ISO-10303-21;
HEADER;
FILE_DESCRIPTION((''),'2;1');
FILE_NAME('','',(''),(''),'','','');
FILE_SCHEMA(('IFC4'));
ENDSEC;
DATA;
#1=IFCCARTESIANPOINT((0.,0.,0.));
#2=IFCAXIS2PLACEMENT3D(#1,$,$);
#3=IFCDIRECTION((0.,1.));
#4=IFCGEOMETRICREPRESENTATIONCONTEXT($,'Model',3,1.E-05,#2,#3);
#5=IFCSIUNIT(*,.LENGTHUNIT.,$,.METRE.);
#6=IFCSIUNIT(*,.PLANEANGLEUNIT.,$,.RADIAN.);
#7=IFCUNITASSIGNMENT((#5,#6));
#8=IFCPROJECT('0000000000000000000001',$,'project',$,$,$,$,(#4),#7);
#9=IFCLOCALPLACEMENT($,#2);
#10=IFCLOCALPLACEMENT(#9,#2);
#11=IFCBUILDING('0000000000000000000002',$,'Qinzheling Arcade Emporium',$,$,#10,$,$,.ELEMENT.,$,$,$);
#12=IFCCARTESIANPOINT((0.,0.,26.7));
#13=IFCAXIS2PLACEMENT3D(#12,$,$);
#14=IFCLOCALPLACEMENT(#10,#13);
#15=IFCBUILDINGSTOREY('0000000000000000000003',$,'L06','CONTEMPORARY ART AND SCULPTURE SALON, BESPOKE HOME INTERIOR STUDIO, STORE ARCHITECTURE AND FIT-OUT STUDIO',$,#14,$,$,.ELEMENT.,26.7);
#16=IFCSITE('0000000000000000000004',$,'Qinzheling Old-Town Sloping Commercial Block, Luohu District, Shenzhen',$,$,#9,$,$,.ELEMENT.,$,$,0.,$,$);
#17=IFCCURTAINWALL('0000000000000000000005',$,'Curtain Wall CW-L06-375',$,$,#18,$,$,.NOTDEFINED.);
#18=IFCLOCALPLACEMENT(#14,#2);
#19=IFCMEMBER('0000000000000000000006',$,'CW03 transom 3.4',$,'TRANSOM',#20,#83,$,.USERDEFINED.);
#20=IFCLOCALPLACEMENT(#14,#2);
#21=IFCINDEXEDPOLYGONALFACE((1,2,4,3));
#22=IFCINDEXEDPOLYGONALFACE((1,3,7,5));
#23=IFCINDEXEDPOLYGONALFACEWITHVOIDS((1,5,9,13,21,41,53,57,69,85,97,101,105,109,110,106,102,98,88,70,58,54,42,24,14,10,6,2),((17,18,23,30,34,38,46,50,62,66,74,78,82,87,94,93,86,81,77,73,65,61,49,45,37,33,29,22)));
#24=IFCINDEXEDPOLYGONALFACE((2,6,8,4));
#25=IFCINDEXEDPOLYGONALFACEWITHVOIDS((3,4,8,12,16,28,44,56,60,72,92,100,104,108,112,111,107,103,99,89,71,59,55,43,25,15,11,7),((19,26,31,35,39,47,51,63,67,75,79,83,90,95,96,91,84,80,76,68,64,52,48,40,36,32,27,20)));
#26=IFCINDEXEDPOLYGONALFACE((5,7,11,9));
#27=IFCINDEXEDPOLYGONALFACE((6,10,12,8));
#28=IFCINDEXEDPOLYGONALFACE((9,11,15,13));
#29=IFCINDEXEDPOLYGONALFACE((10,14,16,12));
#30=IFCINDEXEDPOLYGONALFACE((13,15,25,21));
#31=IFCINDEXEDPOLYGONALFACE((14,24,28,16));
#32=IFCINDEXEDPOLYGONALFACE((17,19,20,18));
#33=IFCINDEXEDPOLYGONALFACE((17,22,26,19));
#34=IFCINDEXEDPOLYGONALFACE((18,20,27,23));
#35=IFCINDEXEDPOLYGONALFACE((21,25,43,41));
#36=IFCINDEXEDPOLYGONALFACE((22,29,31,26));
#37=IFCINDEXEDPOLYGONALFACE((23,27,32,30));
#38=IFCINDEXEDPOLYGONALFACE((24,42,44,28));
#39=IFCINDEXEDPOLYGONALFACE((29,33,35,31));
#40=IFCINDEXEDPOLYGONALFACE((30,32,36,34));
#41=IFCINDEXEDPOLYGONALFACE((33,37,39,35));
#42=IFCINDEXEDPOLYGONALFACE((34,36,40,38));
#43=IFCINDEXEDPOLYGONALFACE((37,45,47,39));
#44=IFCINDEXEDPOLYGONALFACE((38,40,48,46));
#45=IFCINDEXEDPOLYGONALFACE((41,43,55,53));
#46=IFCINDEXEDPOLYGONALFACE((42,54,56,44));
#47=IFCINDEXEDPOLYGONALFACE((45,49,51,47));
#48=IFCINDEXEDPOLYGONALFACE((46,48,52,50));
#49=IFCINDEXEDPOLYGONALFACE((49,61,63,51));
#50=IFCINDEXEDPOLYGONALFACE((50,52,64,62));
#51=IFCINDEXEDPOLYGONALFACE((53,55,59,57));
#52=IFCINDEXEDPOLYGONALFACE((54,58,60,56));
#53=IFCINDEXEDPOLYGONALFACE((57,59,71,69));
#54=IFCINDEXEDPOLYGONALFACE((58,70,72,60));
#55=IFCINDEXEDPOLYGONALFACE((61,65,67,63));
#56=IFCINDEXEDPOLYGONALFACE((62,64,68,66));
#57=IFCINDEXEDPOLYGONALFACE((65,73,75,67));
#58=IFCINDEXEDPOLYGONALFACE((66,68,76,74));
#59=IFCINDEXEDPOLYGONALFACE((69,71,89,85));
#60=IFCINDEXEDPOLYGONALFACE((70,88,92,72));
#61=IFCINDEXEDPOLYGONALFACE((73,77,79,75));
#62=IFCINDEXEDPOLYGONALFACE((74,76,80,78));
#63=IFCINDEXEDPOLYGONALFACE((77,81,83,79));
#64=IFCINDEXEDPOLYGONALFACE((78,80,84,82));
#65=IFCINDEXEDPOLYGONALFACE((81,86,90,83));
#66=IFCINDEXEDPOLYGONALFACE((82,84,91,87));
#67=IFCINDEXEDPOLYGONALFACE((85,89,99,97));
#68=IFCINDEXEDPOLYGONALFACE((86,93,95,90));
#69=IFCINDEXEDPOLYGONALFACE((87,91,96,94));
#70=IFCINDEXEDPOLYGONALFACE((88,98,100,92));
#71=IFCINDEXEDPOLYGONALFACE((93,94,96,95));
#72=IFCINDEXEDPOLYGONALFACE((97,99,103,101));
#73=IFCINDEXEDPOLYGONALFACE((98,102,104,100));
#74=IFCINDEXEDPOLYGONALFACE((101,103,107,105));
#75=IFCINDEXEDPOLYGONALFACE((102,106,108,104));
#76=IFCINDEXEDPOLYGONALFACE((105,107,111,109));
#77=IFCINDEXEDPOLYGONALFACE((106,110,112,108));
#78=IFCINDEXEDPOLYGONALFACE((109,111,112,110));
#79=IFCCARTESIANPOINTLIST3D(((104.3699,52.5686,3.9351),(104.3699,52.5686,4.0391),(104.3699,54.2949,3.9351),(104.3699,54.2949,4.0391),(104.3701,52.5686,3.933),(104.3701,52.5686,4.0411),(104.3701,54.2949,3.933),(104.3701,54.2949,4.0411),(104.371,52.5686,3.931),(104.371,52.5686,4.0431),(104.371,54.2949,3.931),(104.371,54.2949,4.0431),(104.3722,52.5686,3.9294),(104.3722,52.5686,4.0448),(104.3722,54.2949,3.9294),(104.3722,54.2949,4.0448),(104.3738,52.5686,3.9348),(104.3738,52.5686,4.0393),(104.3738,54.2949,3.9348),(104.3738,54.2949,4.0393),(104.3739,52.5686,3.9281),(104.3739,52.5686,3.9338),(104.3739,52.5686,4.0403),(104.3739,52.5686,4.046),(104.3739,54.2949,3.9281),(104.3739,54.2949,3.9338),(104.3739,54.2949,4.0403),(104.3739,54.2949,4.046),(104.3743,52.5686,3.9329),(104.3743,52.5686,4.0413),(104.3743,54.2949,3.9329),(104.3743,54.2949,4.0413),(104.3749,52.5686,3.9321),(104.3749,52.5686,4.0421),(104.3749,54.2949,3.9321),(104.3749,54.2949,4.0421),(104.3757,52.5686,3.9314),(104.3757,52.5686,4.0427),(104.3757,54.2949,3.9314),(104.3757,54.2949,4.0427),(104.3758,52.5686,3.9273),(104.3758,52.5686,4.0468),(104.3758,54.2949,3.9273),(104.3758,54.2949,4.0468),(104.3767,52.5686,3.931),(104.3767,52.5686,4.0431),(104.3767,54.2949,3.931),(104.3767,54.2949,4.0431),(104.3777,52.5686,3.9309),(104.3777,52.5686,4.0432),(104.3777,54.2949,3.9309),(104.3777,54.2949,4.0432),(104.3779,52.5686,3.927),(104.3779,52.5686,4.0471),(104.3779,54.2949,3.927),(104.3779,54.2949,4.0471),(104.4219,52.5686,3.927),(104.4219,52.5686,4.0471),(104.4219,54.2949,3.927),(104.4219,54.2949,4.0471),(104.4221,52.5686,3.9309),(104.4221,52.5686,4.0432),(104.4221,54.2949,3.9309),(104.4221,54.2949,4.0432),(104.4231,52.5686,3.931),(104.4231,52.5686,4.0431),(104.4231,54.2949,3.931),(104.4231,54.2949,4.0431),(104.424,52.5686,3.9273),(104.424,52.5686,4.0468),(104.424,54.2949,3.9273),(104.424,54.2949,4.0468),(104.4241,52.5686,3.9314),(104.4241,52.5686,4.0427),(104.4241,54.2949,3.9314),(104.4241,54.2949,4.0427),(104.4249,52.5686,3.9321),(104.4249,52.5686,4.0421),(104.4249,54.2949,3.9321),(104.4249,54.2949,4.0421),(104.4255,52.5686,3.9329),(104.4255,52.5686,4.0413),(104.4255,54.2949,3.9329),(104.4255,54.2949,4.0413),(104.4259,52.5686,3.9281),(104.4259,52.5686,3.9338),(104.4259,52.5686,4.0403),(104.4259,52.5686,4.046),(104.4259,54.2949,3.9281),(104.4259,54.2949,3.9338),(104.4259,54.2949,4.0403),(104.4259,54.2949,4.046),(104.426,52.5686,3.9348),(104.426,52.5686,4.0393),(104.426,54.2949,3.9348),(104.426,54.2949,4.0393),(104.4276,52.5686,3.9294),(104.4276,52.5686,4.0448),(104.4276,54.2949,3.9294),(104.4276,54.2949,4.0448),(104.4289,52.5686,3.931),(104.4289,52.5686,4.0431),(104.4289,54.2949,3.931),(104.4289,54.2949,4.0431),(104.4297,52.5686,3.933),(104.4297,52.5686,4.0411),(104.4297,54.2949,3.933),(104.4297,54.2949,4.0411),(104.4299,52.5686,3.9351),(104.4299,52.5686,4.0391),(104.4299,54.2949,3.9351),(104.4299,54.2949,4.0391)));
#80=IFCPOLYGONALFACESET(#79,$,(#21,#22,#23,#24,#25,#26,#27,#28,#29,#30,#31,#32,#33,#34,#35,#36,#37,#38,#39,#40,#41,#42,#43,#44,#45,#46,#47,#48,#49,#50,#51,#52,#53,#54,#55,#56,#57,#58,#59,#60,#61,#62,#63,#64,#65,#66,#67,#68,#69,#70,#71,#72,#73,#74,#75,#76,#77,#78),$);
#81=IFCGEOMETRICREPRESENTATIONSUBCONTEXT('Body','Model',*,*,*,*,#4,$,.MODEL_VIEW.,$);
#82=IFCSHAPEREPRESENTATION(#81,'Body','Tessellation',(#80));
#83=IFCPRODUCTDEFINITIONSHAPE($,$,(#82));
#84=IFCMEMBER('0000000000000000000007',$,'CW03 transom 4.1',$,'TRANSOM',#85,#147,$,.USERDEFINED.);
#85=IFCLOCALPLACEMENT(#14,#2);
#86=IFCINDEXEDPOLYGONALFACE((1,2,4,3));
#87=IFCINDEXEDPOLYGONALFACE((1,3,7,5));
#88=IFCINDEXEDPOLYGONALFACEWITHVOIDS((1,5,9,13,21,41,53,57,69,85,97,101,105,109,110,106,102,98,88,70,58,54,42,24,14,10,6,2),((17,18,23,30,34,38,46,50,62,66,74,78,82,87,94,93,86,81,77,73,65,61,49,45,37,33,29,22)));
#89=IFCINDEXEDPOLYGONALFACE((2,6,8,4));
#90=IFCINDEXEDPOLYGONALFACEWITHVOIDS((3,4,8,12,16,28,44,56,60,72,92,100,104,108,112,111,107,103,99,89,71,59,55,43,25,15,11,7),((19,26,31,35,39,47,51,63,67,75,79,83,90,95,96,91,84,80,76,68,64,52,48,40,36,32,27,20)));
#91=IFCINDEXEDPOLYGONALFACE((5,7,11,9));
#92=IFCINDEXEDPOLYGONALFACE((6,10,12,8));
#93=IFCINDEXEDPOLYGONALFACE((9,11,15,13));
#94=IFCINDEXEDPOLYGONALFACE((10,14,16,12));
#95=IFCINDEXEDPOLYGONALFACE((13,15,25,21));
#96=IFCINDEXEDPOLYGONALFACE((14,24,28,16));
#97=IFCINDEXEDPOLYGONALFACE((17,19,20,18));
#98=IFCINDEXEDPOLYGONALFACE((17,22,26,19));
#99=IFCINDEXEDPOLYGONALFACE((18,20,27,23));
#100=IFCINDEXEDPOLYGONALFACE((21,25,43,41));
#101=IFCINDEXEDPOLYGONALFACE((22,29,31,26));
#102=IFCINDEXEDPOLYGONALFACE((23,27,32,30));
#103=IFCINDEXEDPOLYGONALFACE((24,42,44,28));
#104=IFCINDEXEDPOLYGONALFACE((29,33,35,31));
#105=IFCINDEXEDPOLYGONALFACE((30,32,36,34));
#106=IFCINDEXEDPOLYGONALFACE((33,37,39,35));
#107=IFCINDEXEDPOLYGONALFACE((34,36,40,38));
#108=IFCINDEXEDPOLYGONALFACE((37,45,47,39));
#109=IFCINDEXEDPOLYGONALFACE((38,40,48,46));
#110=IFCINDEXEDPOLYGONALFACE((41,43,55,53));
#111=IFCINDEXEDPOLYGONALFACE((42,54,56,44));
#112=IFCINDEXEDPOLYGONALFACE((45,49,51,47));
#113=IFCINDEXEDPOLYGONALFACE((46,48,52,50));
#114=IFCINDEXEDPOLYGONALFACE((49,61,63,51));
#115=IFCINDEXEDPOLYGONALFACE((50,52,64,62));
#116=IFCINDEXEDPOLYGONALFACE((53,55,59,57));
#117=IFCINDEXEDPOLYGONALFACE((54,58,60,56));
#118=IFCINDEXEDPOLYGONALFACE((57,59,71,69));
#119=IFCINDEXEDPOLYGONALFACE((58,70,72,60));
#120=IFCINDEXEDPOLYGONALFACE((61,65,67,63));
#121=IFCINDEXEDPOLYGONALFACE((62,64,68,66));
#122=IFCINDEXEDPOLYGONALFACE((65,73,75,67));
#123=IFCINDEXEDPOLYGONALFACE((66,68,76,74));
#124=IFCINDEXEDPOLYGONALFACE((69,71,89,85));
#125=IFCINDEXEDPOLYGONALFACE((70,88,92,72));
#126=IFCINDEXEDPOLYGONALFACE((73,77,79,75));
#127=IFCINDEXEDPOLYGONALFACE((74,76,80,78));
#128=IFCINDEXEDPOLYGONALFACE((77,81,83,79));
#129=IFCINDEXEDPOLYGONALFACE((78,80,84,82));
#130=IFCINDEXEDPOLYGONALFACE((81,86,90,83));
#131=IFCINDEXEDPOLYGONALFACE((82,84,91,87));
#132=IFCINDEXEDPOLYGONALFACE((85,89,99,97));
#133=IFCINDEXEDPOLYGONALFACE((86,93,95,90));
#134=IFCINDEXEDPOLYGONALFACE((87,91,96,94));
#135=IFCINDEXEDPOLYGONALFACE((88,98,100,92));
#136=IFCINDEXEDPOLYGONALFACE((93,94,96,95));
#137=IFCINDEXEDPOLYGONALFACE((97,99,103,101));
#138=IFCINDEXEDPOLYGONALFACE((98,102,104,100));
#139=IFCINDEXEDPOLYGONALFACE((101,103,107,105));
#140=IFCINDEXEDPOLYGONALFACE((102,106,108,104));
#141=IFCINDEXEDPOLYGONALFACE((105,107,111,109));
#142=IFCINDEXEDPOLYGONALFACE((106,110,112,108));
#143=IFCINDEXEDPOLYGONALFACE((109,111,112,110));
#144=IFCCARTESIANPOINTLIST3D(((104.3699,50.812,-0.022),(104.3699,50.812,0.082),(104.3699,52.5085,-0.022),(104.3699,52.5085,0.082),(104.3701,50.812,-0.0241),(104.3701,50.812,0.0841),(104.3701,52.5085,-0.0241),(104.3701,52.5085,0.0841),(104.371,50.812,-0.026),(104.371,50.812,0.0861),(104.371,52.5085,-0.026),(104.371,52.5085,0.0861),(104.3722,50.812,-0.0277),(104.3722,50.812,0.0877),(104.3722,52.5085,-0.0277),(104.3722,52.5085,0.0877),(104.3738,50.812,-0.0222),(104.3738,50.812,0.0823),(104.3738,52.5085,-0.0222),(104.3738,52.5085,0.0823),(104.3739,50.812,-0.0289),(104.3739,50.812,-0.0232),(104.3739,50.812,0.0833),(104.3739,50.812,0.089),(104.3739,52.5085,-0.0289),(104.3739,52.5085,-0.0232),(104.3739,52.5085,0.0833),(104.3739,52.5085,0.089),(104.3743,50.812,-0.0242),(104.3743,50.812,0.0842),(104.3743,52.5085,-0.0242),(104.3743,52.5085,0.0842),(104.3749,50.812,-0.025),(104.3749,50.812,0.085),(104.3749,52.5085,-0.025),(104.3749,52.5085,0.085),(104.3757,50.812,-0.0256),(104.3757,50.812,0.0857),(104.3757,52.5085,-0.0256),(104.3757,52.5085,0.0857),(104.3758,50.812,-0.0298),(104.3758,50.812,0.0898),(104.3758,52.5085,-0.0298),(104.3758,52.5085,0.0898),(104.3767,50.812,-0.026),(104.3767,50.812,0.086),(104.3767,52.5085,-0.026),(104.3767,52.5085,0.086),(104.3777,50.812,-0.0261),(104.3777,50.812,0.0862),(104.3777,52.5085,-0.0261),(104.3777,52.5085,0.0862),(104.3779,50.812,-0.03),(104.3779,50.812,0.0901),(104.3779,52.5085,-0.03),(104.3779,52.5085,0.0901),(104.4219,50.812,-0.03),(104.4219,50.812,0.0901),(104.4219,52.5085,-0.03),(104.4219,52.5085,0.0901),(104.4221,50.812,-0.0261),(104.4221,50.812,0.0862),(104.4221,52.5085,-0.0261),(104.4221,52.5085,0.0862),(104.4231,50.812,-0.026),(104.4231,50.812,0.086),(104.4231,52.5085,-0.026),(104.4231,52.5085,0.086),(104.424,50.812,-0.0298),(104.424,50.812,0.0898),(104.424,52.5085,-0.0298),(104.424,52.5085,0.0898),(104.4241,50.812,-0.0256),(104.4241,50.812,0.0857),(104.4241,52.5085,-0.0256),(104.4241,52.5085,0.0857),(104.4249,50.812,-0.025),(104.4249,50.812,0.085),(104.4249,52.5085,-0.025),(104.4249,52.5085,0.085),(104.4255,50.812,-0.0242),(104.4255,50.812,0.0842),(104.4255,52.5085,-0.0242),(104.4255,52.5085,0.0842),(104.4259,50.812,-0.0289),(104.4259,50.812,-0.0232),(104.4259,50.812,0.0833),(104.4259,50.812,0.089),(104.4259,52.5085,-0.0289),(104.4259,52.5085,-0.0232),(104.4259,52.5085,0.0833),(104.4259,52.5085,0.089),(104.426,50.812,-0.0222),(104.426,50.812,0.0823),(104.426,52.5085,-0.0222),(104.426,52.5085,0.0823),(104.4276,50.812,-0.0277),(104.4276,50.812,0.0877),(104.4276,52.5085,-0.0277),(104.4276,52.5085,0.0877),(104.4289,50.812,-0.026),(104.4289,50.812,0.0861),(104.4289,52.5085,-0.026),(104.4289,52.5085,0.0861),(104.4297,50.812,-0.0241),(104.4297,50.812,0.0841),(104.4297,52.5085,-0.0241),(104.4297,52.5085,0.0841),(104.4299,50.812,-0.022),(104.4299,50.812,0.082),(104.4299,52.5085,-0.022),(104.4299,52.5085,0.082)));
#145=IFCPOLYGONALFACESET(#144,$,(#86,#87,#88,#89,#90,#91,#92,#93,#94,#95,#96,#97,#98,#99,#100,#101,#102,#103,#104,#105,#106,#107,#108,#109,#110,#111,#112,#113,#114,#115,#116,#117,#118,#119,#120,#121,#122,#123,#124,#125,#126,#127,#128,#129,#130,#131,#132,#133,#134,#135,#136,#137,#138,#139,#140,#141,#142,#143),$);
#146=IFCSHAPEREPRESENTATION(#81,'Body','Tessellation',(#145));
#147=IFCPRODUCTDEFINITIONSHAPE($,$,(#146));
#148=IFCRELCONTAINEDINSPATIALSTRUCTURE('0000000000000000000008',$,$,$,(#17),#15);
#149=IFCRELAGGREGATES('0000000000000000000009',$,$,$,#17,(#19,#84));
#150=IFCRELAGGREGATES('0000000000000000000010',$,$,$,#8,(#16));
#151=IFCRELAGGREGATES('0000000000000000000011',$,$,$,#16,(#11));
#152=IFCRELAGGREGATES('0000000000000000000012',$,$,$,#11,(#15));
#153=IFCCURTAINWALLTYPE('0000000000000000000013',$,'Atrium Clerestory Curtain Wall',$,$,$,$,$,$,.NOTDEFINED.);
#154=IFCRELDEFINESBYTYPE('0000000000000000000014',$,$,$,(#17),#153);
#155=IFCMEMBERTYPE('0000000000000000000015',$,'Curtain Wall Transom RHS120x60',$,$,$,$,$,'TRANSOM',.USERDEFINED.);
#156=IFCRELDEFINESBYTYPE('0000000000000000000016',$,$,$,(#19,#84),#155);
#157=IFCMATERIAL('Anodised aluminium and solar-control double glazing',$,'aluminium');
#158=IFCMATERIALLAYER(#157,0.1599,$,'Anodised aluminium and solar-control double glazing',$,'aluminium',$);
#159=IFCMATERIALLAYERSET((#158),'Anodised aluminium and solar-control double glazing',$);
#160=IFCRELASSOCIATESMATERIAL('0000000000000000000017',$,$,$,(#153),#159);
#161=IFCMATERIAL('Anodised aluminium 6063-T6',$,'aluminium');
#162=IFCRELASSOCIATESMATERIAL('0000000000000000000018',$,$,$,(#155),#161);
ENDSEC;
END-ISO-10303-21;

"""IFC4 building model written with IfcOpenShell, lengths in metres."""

from ifc_helpers import new_model, si_unit, direction, frame, origin, origin_2d, place, context, subcontext, project, spatial, hollow_rectangle, extrude, material, layer, layer_set, material_profile, profile_set, type_object, element, aggregate, save


model = new_model("IFC4")

# Units and contexts
model_context = context("Model", 3, precision=1e-05, world=origin(), true_north=direction((0.0, 1.0)))
body_context = subcontext(model_context, "Body", "Model", "MODEL_VIEW")
ifc_project = project(units=[si_unit("LENGTHUNIT", "METRE"), si_unit("PLANEANGLEUNIT", "RADIAN")], contexts=[model_context])

# Site, building, storey
site_placement = place(None, origin())
site = spatial("IfcSite", under=ifc_project, at=site_placement, Name="Qinzheling Old-Town Sloping Commercial Block, Luohu District, Shenzhen", CompositionType="ELEMENT", RefElevation=0.0)
building_placement = place(site_placement, origin())
building = spatial("IfcBuilding", under=site, at=building_placement, Name="Qinzheling Arcade Emporium", CompositionType="ELEMENT")
storey_placement = place(building_placement, frame((0.0, 0.0, 26.7)))
storey = spatial("IfcBuildingStorey", under=building, at=storey_placement, Name="L06", Description="CONTEMPORARY ART AND SCULPTURE SALON, BESPOKE HOME INTERIOR STUDIO, STORE ARCHITECTURE AND FIT-OUT STUDIO", CompositionType="ELEMENT", Elevation=26.7)

# Curtain wall, members
ifc_material_1 = material(Name="Anodised aluminium and solar-control double glazing", Category="aluminium")
ifc_layer_1 = layer(ifc_material_1, 0.1599, Name="Anodised aluminium and solar-control double glazing", Category="aluminium")
ifc_layer_set_1 = layer_set([ifc_layer_1], Name="Anodised aluminium and solar-control double glazing")
curtain_wall_type = type_object("IfcCurtainWallType", Name="Atrium Clerestory Curtain Wall", PredefinedType="NOTDEFINED", material=ifc_layer_set_1)
curtain_wall_placement = place(storey_placement, origin())
curtain_wall = element("IfcCurtainWall", 1, at=curtain_wall_placement, inside=storey, type_object=curtain_wall_type, Name="Curtain Wall CW-L06-375", PredefinedType="NOTDEFINED")
ifc_material_2 = material(Name="Anodised aluminium 6063-T6", Category="aluminium")
ifc_material_profile_1 = material_profile(ifc_material_2, hollow_rectangle(XDim=0.0601, YDim=0.1201, WallThickness=0.0039, InnerFilletRadius=0.0039, OuterFilletRadius=0.0081, at=origin_2d()), Name="RHS 120x60x4", Category="aluminium")
ifc_profile_set_1 = profile_set([ifc_material_profile_1], Name="Anodised aluminium 6063-T6")
member_type_1 = type_object("IfcMemberType", Name="Curtain Wall Transom RHS120x60", ElementType="TRANSOM", PredefinedType="USERDEFINED", material=ifc_profile_set_1)
member_1_placement = place(storey_placement, frame((104.3999, 54.2949, 3.9871), z_axis=(0.0, -1.0, 0.0), x_axis=(1.0, 0.0, 0.0)))
member_1 = element("IfcMember", 2, at=member_1_placement, type_object=member_type_1, Name="CW03 transom 3.4", ObjectType="TRANSOM", PredefinedType="USERDEFINED", context=body_context, shape_type="SweptSolid", body=[
    extrude(hollow_rectangle(XDim=0.0601, YDim=0.1201, WallThickness=0.0039, InnerFilletRadius=0.0039, OuterFilletRadius=0.0081, at=origin_2d()), origin(), (0.0, 0.0, 1.0), 1.7263),
])
member_2_placement = place(storey_placement, frame((104.3999, 52.5085, 0.03), z_axis=(0.0, -1.0, 0.0), x_axis=(1.0, 0.0, 0.0)))
member_2 = element("IfcMember", 3, at=member_2_placement, type_object=member_type_1, Name="CW03 transom 4.1", ObjectType="TRANSOM", PredefinedType="USERDEFINED", context=body_context, shape_type="SweptSolid", body=[
    extrude(hollow_rectangle(XDim=0.0601, YDim=0.1201, WallThickness=0.0039, InnerFilletRadius=0.0039, OuterFilletRadius=0.0081, at=origin_2d()), origin(), (0.0, 0.0, 1.0), 1.6965),
])
aggregate(curtain_wall, [member_1, member_2])

save(model, "model.ifc")
